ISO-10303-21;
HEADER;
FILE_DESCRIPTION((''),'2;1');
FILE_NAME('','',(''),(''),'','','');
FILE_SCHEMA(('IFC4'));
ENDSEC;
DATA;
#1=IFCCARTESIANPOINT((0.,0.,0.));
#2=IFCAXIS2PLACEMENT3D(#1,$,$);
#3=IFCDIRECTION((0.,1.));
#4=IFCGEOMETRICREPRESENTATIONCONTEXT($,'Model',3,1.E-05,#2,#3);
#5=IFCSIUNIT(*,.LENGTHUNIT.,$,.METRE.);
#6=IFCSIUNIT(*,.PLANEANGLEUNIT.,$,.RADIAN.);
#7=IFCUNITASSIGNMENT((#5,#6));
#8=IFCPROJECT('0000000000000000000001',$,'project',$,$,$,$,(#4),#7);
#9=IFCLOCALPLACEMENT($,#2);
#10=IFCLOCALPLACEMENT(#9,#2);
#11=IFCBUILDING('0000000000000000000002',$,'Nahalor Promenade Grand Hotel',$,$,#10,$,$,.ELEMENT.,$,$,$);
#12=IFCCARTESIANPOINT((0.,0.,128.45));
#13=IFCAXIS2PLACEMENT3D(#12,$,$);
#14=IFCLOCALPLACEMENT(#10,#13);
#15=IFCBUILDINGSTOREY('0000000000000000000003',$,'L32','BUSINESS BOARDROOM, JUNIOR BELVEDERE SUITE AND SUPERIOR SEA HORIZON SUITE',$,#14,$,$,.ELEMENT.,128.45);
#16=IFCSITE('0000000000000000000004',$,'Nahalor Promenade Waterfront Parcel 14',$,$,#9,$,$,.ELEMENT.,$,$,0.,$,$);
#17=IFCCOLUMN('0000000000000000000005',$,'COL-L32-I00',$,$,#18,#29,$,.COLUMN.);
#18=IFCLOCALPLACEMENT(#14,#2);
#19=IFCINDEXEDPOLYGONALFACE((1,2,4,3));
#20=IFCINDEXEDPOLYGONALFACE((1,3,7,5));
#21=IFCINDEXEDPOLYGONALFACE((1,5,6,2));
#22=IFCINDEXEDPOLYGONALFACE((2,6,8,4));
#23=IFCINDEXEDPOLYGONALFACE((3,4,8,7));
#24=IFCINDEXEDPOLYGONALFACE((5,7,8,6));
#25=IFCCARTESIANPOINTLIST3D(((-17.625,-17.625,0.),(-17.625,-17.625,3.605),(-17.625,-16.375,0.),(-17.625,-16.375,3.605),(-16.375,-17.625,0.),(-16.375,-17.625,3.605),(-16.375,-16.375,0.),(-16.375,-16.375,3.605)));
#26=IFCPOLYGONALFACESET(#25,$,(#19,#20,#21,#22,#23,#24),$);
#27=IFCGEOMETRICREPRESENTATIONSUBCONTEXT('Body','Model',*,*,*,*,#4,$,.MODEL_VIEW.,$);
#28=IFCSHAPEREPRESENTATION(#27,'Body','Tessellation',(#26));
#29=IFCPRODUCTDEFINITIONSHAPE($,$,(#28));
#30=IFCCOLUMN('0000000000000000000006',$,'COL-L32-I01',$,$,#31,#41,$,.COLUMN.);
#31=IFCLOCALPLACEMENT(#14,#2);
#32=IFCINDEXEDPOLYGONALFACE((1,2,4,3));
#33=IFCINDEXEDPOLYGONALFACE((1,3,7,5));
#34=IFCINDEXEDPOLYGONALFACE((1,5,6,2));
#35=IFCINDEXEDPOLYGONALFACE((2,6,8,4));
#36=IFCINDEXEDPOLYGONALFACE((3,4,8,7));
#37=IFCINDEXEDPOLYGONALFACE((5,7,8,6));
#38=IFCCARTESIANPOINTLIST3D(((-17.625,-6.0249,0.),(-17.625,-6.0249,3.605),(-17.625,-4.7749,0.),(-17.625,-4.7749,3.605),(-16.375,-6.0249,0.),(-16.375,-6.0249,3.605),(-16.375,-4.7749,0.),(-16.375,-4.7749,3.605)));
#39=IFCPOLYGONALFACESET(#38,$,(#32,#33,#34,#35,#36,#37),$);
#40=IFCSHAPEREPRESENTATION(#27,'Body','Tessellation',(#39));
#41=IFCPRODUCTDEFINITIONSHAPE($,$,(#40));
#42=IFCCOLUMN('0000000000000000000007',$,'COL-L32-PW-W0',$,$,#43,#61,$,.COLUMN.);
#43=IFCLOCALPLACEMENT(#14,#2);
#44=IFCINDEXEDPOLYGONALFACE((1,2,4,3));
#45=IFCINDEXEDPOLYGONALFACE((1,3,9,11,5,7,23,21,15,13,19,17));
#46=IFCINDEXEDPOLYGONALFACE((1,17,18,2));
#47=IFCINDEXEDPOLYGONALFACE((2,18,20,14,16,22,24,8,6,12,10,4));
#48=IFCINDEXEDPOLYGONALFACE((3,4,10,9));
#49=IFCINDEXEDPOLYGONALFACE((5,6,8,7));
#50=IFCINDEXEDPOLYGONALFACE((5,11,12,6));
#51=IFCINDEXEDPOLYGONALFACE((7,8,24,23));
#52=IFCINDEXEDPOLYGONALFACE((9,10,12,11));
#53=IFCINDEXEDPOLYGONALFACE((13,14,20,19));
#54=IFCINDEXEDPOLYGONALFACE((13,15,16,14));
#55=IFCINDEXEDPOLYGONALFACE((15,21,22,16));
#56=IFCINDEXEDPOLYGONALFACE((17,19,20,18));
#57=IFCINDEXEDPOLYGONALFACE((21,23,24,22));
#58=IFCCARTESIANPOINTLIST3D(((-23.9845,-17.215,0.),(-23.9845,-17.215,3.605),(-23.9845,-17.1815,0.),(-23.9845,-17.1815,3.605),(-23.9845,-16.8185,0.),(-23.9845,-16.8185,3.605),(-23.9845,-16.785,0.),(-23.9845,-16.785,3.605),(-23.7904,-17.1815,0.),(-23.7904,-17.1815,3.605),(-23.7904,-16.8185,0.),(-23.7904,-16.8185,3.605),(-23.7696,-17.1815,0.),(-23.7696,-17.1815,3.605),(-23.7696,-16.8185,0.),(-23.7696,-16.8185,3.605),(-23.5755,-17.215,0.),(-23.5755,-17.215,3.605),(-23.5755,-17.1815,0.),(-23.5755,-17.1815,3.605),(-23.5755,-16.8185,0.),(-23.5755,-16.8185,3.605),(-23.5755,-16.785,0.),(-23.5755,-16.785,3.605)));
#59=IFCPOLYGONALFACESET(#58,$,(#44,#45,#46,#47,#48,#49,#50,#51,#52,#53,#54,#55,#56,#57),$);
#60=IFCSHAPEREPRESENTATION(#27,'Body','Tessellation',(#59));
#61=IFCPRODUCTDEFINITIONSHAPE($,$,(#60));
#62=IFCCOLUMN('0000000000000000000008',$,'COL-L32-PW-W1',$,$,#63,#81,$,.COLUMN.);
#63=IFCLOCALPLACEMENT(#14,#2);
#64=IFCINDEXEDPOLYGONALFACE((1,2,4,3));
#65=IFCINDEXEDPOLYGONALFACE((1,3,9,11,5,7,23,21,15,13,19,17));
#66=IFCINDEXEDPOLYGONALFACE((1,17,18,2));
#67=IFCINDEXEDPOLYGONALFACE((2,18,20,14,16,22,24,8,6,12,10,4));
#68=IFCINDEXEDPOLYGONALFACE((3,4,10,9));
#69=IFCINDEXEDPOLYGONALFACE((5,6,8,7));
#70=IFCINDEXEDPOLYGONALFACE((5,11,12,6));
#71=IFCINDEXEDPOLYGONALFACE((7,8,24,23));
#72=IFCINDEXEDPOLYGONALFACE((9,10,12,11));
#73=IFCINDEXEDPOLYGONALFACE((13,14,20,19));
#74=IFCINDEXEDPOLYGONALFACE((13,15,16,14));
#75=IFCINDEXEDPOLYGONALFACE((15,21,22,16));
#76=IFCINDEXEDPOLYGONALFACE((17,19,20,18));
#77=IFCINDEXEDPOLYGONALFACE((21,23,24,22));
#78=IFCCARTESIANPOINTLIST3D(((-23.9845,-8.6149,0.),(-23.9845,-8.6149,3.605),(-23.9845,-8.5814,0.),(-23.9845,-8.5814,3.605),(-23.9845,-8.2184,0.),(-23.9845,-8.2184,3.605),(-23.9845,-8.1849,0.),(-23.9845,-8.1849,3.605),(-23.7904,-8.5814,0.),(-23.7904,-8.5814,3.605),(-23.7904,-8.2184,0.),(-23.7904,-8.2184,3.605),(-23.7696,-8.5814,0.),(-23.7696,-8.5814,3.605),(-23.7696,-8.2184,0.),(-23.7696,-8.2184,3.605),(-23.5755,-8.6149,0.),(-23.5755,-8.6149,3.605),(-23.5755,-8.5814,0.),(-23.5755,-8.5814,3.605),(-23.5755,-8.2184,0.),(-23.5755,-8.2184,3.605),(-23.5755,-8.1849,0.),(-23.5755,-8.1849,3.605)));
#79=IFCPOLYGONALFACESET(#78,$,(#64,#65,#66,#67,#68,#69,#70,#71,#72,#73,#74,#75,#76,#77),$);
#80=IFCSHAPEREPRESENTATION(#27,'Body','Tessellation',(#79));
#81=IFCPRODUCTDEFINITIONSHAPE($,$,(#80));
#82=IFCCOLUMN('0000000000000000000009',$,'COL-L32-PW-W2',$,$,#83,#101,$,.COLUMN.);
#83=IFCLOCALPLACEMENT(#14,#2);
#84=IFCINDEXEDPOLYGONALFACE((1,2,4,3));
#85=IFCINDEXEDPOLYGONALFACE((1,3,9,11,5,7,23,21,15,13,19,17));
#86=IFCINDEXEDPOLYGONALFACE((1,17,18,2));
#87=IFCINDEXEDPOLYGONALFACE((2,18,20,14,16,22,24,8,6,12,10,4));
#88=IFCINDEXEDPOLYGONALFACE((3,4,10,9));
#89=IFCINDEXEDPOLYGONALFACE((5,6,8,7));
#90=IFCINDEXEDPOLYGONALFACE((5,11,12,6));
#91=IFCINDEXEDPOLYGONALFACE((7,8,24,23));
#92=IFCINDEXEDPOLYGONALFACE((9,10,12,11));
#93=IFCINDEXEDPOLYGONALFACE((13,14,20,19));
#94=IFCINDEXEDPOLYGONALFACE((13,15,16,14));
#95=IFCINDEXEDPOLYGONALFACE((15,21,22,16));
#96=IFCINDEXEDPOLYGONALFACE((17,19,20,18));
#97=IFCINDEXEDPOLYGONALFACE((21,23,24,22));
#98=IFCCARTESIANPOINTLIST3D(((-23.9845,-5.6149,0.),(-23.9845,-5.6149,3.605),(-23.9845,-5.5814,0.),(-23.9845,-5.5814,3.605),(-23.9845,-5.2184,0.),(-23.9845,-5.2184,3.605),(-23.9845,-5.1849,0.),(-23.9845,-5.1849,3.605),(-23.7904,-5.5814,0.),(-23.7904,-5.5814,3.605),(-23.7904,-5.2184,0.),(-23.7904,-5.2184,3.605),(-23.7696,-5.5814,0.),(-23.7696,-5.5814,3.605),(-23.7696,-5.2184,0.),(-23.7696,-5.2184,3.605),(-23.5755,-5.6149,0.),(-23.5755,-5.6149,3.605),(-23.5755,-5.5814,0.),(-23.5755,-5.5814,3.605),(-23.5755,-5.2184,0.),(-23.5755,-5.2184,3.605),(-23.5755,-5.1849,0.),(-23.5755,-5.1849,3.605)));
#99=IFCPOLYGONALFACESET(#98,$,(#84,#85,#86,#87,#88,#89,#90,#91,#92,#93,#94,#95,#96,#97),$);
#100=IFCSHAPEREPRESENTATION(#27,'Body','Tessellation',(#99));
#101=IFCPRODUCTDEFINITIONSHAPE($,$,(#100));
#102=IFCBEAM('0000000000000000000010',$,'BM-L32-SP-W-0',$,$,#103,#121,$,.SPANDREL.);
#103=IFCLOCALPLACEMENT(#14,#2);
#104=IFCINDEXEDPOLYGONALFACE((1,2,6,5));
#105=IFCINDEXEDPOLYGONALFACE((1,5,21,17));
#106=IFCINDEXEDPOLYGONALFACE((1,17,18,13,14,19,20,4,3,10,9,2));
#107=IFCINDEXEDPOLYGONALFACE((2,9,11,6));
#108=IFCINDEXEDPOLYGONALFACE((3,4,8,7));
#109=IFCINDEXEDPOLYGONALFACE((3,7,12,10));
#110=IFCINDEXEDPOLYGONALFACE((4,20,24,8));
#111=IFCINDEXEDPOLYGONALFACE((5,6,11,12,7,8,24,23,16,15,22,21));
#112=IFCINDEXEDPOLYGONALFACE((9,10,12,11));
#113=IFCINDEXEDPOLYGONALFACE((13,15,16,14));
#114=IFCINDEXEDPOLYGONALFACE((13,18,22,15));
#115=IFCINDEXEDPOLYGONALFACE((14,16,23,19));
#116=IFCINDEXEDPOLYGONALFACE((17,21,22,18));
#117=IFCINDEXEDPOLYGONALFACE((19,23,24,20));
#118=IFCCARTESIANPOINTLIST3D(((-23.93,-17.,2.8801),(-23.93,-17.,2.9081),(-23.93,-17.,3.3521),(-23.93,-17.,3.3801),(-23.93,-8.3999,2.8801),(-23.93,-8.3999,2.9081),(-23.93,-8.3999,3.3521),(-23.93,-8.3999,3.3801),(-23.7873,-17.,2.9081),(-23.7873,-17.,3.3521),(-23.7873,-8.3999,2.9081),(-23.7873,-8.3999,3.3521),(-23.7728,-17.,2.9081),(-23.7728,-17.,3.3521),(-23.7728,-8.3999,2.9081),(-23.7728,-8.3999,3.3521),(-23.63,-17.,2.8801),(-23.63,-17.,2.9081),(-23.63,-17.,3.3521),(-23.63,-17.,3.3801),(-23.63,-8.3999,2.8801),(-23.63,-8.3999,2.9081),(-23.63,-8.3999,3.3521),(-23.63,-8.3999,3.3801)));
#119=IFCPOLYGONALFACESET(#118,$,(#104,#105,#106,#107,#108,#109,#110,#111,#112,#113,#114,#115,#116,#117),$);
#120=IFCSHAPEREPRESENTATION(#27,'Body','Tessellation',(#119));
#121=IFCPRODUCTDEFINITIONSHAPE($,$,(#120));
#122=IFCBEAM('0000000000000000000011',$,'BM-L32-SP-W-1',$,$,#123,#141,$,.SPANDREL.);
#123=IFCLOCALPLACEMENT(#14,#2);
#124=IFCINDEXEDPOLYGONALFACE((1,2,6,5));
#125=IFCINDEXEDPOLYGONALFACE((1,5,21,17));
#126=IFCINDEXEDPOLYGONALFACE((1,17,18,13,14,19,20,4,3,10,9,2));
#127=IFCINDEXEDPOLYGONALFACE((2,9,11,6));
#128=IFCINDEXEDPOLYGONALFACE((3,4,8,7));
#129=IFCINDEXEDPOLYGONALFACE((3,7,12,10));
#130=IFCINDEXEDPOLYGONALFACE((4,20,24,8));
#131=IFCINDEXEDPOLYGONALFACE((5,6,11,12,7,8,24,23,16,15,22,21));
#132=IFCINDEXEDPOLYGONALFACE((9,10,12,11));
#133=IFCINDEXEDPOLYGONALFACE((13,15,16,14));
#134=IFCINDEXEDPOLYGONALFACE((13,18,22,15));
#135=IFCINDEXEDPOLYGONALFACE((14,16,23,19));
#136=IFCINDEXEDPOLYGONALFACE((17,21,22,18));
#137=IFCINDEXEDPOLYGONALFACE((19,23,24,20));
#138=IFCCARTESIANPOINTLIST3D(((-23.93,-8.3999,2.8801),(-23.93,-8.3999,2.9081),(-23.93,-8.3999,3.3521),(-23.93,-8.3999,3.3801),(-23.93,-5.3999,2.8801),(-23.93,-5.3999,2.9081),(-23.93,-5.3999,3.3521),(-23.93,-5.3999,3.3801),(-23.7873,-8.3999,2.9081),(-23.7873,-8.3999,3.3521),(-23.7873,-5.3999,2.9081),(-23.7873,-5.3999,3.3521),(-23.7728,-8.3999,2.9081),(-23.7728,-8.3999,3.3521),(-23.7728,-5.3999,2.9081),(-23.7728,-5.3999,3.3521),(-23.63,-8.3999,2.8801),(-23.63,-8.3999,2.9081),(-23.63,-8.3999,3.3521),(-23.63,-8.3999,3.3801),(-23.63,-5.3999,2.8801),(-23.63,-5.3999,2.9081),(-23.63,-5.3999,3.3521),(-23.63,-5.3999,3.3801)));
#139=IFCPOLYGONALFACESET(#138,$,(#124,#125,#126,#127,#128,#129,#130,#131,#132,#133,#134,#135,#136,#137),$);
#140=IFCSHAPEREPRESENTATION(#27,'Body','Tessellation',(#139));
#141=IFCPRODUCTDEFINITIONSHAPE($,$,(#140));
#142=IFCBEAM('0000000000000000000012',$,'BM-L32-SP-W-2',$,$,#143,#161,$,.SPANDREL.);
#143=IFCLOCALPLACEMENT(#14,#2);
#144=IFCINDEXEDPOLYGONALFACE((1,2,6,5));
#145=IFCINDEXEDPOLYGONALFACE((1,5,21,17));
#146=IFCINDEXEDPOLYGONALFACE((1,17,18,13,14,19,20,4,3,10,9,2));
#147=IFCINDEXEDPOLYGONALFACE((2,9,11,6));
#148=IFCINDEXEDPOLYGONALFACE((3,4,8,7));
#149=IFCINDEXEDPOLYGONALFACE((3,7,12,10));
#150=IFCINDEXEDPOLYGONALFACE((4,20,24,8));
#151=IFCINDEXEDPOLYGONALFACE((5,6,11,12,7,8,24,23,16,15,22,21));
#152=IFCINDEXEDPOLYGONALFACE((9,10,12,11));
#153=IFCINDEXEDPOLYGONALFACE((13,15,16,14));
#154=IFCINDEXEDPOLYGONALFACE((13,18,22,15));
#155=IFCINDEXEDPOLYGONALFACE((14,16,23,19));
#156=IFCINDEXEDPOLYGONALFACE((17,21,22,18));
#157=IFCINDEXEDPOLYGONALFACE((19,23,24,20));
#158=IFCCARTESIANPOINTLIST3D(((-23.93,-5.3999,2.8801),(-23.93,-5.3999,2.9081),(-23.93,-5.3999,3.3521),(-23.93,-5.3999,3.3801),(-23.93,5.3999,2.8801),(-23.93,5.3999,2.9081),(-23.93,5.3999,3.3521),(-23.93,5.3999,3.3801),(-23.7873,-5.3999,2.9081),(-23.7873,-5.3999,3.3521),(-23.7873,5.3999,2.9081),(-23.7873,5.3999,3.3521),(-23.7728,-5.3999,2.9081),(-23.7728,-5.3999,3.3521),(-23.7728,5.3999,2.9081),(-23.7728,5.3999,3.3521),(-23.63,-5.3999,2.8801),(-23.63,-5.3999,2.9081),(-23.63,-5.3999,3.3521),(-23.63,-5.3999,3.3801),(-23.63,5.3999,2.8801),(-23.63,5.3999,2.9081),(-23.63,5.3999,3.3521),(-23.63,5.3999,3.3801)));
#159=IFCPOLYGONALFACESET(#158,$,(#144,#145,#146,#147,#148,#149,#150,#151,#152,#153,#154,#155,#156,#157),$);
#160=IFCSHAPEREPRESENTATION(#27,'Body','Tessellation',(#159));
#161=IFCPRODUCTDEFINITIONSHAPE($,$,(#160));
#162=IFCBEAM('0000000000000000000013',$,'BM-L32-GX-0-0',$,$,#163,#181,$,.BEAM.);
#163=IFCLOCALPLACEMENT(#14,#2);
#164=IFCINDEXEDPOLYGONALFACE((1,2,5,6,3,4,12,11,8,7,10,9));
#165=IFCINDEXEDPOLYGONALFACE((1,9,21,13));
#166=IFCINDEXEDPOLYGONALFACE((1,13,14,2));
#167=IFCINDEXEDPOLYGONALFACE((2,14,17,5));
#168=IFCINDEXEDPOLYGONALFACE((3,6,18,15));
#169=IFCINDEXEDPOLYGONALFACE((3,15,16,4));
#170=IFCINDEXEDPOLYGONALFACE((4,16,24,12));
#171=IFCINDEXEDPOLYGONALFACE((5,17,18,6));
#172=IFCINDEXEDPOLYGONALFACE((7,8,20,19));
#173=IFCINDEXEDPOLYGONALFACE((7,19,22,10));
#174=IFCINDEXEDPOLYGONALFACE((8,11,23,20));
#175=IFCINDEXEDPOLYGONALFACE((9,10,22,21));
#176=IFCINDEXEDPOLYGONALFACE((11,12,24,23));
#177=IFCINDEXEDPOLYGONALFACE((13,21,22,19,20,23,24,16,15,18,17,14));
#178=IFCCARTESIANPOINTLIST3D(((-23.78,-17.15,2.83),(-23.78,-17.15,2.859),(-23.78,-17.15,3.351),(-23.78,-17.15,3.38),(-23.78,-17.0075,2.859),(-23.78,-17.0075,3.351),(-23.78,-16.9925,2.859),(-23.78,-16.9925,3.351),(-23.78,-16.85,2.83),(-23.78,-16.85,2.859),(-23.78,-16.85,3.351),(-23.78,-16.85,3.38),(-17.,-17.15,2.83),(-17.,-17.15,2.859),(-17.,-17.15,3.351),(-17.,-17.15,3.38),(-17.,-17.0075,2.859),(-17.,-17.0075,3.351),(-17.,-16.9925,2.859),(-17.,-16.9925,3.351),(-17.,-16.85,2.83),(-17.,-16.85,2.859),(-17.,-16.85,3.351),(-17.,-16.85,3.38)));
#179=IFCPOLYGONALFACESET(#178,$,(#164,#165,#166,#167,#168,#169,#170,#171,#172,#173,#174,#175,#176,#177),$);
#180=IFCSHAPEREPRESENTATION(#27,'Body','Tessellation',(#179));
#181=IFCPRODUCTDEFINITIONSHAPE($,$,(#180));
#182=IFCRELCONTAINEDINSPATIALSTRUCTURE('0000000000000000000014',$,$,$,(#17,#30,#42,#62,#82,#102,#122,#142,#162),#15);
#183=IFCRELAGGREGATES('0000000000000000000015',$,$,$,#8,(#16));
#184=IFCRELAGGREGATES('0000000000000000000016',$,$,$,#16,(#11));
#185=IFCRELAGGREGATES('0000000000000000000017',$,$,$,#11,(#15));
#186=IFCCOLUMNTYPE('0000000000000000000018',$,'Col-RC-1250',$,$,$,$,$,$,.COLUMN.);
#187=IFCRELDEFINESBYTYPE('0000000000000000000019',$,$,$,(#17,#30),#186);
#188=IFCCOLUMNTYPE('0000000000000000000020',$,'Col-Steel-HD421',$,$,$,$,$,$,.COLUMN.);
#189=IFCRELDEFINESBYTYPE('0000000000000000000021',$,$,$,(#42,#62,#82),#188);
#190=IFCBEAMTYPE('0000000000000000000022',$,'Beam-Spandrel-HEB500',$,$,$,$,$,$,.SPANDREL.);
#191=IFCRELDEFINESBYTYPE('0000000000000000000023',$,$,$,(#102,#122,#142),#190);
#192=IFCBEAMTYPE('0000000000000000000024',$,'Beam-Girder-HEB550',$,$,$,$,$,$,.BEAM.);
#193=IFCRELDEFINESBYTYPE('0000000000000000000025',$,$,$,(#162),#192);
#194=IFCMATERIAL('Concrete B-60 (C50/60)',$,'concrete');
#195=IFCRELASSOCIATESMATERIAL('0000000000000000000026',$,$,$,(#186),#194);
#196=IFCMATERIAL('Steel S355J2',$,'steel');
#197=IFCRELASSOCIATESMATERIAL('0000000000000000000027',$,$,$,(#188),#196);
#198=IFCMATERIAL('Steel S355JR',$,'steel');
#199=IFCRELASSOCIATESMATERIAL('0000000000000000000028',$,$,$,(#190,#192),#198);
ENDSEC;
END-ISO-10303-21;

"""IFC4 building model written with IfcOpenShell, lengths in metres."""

from ifc_helpers import new_model, si_unit, direction, frame, origin, origin_2d, place, context, subcontext, project, spatial, rectangle, i_section, extrude, source, transform, mapped, material, material_profile, profile_set, type_object, element, save


model = new_model("IFC4")

# Units and contexts
model_context = context("Model", 3, precision=1e-05, world=origin(), true_north=direction((0.0, 1.0)))
body_context = subcontext(model_context, "Body", "Model", "MODEL_VIEW")
ifc_project = project(units=[si_unit("LENGTHUNIT", "METRE"), si_unit("PLANEANGLEUNIT", "RADIAN")], contexts=[model_context])

# Site, building, storey
site_placement = place(None, origin())
site = spatial("IfcSite", under=ifc_project, at=site_placement, Name="Nahalor Promenade Waterfront Parcel 14", CompositionType="ELEMENT", RefElevation=0.0)
building_placement = place(site_placement, origin())
building = spatial("IfcBuilding", under=site, at=building_placement, Name="Nahalor Promenade Grand Hotel", CompositionType="ELEMENT")
storey_placement = place(building_placement, frame((0.0, 0.0, 128.45)))
storey = spatial("IfcBuildingStorey", under=building, at=storey_placement, Name="L32", Description="BUSINESS BOARDROOM, JUNIOR BELVEDERE SUITE AND SUPERIOR SEA HORIZON SUITE", CompositionType="ELEMENT", Elevation=128.45)

# Columns
ifc_material_1 = material(Name="Concrete B-60 (C50/60)", Category="concrete")
ifc_material_profile_1 = material_profile(ifc_material_1, rectangle(XDim=1.25, YDim=1.25, at=origin_2d()), Name="RC 1250x1250")
ifc_profile_set_1 = profile_set([ifc_material_profile_1], Name="Concrete B-60 (C50/60)")
column_type_1 = type_object("IfcColumnType", Name="Col-RC-1250", PredefinedType="COLUMN", material=ifc_profile_set_1)
shared_shape_1 = source(origin(), body_context, "Body", "SweptSolid", [
    extrude(rectangle(XDim=1.25, YDim=1.25, at=origin_2d()), origin(), (0.0, 0.0, 1.0), 3.605),
])
for number, where, z_axis, x_axis, name in (
    (1, (-17.0, -17.0, 0.0), (0.0, 0.0, 1.0), (1.0, 0.0, 0.0), "COL-L32-I00"),
    (2, (-17.0, -5.3999, 0.0), (0.0, 0.0, 1.0), (1.0, 0.0, 0.0), "COL-L32-I01"),
):
    element("IfcColumn", number, at=place(storey_placement, frame(where, z_axis=z_axis, x_axis=x_axis)), inside=storey, type_object=column_type_1, Name=name, PredefinedType="COLUMN", context=body_context, shape_type="MappedRepresentation", body=[
        mapped(shared_shape_1, transform((0.0, 0.0, 0.0), scale=1.0)),
    ])
ifc_material_2 = material(Name="Steel S355J2", Category="steel")
ifc_material_profile_2 = material_profile(ifc_material_2, i_section(OverallWidth=0.409, OverallDepth=0.43, WebThickness=0.0208, FlangeThickness=0.0335, at=origin_2d()), Name="HD 400x421")
ifc_profile_set_2 = profile_set([ifc_material_profile_2], Name="Steel S355J2")
column_type_2 = type_object("IfcColumnType", Name="Col-Steel-HD421", PredefinedType="COLUMN", material=ifc_profile_set_2)
shared_shape_2 = source(origin(), body_context, "Body", "SweptSolid", [
    extrude(i_section(OverallWidth=0.409, OverallDepth=0.43, WebThickness=0.0208, FlangeThickness=0.0335, at=origin_2d()), origin(), (0.0, 0.0, 1.0), 3.605),
])
for number, where, z_axis, x_axis, name in (
    (3, (-23.78, -17.0, 0.0), (0.0, 0.0, 1.0), (1.0, 0.0, 0.0), "COL-L32-PW-W0"),
    (4, (-23.78, -8.3999, 0.0), (0.0, 0.0, 1.0), (1.0, 0.0, 0.0), "COL-L32-PW-W1"),
    (5, (-23.78, -5.3999, 0.0), (0.0, 0.0, 1.0), (1.0, 0.0, 0.0), "COL-L32-PW-W2"),
):
    element("IfcColumn", number, at=place(storey_placement, frame(where, z_axis=z_axis, x_axis=x_axis)), inside=storey, type_object=column_type_2, Name=name, PredefinedType="COLUMN", context=body_context, shape_type="MappedRepresentation", body=[
        mapped(shared_shape_2, transform((0.0, 0.0, 0.0), scale=1.0)),
    ])

# Beams
ifc_material_3 = material(Name="Steel S355JR", Category="steel")
ifc_material_profile_3 = material_profile(ifc_material_3, i_section(OverallWidth=0.3, OverallDepth=0.5, WebThickness=0.0145, FlangeThickness=0.028, at=origin_2d()), Name="HEB 500")
ifc_profile_set_3 = profile_set([ifc_material_profile_3], Name="Steel S355JR")
beam_type_1 = type_object("IfcBeamType", Name="Beam-Spandrel-HEB500", PredefinedType="SPANDREL", material=ifc_profile_set_3)
shared_shape_3 = source(origin(), body_context, "Body", "SweptSolid", [
    extrude(i_section(OverallWidth=0.3, OverallDepth=0.5, WebThickness=0.0145, FlangeThickness=0.028, at=origin_2d()), origin(), (0.0, 0.0, 1.0), 8.6001),
])
beam_1_placement = place(storey_placement, frame((-23.78, -17.0, 3.1301), z_axis=(0.0, 1.0, 0.0), x_axis=(-1.0, 0.0, 0.0)))
element("IfcBeam", 6, at=beam_1_placement, inside=storey, type_object=beam_type_1, Name="BM-L32-SP-W-0", PredefinedType="SPANDREL", context=body_context, shape_type="MappedRepresentation", body=[
    mapped(shared_shape_3, transform((0.0, 0.0, 0.0), scale=1.0)),
])
shared_shape_4 = source(origin(), body_context, "Body", "SweptSolid", [
    extrude(i_section(OverallWidth=0.3, OverallDepth=0.5, WebThickness=0.0145, FlangeThickness=0.028, at=origin_2d()), origin(), (0.0, 0.0, 1.0), 3.0),
])
beam_2_placement = place(storey_placement, frame((-23.78, -8.3999, 3.1301), z_axis=(0.0, 1.0, 0.0), x_axis=(-1.0, 0.0, 0.0)))
element("IfcBeam", 7, at=beam_2_placement, inside=storey, type_object=beam_type_1, Name="BM-L32-SP-W-1", PredefinedType="SPANDREL", context=body_context, shape_type="MappedRepresentation", body=[
    mapped(shared_shape_4, transform((0.0, 0.0, 0.0), scale=1.0)),
])
shared_shape_5 = source(origin(), body_context, "Body", "SweptSolid", [
    extrude(i_section(OverallWidth=0.3, OverallDepth=0.5, WebThickness=0.0145, FlangeThickness=0.028, at=origin_2d()), origin(), (0.0, 0.0, 1.0), 10.7998),
])
beam_3_placement = place(storey_placement, frame((-23.78, -5.3999, 3.1301), z_axis=(0.0, 1.0, 0.0), x_axis=(-1.0, 0.0, 0.0)))
element("IfcBeam", 8, at=beam_3_placement, inside=storey, type_object=beam_type_1, Name="BM-L32-SP-W-2", PredefinedType="SPANDREL", context=body_context, shape_type="MappedRepresentation", body=[
    mapped(shared_shape_5, transform((0.0, 0.0, 0.0), scale=1.0)),
])
ifc_material_profile_4 = material_profile(ifc_material_3, i_section(OverallWidth=0.3, OverallDepth=0.55, WebThickness=0.015, FlangeThickness=0.029, at=origin_2d()), Name="HEB 550")
ifc_profile_set_4 = profile_set([ifc_material_profile_4], Name="Steel S355JR")
beam_type_2 = type_object("IfcBeamType", Name="Beam-Girder-HEB550", PredefinedType="BEAM", material=ifc_profile_set_4)
shared_shape_6 = source(origin(), body_context, "Body", "SweptSolid", [
    extrude(i_section(OverallWidth=0.3, OverallDepth=0.55, WebThickness=0.015, FlangeThickness=0.029, at=origin_2d()), origin(), (0.0, 0.0, 1.0), 6.78),
])
for number, where, z_axis, x_axis, name in (
    (9, (-23.78, -17.0, 3.105), (1.0, 0.0, 0.0), (0.0, 1.0, 0.0), "BM-L32-GX-0-0"),
):
    element("IfcBeam", number, at=place(storey_placement, frame(where, z_axis=z_axis, x_axis=x_axis)), inside=storey, type_object=beam_type_2, Name=name, PredefinedType="BEAM", context=body_context, shape_type="MappedRepresentation", body=[
        mapped(shared_shape_6, transform((0.0, 0.0, 0.0), scale=1.0)),
    ])

save(model, "model.ifc")
